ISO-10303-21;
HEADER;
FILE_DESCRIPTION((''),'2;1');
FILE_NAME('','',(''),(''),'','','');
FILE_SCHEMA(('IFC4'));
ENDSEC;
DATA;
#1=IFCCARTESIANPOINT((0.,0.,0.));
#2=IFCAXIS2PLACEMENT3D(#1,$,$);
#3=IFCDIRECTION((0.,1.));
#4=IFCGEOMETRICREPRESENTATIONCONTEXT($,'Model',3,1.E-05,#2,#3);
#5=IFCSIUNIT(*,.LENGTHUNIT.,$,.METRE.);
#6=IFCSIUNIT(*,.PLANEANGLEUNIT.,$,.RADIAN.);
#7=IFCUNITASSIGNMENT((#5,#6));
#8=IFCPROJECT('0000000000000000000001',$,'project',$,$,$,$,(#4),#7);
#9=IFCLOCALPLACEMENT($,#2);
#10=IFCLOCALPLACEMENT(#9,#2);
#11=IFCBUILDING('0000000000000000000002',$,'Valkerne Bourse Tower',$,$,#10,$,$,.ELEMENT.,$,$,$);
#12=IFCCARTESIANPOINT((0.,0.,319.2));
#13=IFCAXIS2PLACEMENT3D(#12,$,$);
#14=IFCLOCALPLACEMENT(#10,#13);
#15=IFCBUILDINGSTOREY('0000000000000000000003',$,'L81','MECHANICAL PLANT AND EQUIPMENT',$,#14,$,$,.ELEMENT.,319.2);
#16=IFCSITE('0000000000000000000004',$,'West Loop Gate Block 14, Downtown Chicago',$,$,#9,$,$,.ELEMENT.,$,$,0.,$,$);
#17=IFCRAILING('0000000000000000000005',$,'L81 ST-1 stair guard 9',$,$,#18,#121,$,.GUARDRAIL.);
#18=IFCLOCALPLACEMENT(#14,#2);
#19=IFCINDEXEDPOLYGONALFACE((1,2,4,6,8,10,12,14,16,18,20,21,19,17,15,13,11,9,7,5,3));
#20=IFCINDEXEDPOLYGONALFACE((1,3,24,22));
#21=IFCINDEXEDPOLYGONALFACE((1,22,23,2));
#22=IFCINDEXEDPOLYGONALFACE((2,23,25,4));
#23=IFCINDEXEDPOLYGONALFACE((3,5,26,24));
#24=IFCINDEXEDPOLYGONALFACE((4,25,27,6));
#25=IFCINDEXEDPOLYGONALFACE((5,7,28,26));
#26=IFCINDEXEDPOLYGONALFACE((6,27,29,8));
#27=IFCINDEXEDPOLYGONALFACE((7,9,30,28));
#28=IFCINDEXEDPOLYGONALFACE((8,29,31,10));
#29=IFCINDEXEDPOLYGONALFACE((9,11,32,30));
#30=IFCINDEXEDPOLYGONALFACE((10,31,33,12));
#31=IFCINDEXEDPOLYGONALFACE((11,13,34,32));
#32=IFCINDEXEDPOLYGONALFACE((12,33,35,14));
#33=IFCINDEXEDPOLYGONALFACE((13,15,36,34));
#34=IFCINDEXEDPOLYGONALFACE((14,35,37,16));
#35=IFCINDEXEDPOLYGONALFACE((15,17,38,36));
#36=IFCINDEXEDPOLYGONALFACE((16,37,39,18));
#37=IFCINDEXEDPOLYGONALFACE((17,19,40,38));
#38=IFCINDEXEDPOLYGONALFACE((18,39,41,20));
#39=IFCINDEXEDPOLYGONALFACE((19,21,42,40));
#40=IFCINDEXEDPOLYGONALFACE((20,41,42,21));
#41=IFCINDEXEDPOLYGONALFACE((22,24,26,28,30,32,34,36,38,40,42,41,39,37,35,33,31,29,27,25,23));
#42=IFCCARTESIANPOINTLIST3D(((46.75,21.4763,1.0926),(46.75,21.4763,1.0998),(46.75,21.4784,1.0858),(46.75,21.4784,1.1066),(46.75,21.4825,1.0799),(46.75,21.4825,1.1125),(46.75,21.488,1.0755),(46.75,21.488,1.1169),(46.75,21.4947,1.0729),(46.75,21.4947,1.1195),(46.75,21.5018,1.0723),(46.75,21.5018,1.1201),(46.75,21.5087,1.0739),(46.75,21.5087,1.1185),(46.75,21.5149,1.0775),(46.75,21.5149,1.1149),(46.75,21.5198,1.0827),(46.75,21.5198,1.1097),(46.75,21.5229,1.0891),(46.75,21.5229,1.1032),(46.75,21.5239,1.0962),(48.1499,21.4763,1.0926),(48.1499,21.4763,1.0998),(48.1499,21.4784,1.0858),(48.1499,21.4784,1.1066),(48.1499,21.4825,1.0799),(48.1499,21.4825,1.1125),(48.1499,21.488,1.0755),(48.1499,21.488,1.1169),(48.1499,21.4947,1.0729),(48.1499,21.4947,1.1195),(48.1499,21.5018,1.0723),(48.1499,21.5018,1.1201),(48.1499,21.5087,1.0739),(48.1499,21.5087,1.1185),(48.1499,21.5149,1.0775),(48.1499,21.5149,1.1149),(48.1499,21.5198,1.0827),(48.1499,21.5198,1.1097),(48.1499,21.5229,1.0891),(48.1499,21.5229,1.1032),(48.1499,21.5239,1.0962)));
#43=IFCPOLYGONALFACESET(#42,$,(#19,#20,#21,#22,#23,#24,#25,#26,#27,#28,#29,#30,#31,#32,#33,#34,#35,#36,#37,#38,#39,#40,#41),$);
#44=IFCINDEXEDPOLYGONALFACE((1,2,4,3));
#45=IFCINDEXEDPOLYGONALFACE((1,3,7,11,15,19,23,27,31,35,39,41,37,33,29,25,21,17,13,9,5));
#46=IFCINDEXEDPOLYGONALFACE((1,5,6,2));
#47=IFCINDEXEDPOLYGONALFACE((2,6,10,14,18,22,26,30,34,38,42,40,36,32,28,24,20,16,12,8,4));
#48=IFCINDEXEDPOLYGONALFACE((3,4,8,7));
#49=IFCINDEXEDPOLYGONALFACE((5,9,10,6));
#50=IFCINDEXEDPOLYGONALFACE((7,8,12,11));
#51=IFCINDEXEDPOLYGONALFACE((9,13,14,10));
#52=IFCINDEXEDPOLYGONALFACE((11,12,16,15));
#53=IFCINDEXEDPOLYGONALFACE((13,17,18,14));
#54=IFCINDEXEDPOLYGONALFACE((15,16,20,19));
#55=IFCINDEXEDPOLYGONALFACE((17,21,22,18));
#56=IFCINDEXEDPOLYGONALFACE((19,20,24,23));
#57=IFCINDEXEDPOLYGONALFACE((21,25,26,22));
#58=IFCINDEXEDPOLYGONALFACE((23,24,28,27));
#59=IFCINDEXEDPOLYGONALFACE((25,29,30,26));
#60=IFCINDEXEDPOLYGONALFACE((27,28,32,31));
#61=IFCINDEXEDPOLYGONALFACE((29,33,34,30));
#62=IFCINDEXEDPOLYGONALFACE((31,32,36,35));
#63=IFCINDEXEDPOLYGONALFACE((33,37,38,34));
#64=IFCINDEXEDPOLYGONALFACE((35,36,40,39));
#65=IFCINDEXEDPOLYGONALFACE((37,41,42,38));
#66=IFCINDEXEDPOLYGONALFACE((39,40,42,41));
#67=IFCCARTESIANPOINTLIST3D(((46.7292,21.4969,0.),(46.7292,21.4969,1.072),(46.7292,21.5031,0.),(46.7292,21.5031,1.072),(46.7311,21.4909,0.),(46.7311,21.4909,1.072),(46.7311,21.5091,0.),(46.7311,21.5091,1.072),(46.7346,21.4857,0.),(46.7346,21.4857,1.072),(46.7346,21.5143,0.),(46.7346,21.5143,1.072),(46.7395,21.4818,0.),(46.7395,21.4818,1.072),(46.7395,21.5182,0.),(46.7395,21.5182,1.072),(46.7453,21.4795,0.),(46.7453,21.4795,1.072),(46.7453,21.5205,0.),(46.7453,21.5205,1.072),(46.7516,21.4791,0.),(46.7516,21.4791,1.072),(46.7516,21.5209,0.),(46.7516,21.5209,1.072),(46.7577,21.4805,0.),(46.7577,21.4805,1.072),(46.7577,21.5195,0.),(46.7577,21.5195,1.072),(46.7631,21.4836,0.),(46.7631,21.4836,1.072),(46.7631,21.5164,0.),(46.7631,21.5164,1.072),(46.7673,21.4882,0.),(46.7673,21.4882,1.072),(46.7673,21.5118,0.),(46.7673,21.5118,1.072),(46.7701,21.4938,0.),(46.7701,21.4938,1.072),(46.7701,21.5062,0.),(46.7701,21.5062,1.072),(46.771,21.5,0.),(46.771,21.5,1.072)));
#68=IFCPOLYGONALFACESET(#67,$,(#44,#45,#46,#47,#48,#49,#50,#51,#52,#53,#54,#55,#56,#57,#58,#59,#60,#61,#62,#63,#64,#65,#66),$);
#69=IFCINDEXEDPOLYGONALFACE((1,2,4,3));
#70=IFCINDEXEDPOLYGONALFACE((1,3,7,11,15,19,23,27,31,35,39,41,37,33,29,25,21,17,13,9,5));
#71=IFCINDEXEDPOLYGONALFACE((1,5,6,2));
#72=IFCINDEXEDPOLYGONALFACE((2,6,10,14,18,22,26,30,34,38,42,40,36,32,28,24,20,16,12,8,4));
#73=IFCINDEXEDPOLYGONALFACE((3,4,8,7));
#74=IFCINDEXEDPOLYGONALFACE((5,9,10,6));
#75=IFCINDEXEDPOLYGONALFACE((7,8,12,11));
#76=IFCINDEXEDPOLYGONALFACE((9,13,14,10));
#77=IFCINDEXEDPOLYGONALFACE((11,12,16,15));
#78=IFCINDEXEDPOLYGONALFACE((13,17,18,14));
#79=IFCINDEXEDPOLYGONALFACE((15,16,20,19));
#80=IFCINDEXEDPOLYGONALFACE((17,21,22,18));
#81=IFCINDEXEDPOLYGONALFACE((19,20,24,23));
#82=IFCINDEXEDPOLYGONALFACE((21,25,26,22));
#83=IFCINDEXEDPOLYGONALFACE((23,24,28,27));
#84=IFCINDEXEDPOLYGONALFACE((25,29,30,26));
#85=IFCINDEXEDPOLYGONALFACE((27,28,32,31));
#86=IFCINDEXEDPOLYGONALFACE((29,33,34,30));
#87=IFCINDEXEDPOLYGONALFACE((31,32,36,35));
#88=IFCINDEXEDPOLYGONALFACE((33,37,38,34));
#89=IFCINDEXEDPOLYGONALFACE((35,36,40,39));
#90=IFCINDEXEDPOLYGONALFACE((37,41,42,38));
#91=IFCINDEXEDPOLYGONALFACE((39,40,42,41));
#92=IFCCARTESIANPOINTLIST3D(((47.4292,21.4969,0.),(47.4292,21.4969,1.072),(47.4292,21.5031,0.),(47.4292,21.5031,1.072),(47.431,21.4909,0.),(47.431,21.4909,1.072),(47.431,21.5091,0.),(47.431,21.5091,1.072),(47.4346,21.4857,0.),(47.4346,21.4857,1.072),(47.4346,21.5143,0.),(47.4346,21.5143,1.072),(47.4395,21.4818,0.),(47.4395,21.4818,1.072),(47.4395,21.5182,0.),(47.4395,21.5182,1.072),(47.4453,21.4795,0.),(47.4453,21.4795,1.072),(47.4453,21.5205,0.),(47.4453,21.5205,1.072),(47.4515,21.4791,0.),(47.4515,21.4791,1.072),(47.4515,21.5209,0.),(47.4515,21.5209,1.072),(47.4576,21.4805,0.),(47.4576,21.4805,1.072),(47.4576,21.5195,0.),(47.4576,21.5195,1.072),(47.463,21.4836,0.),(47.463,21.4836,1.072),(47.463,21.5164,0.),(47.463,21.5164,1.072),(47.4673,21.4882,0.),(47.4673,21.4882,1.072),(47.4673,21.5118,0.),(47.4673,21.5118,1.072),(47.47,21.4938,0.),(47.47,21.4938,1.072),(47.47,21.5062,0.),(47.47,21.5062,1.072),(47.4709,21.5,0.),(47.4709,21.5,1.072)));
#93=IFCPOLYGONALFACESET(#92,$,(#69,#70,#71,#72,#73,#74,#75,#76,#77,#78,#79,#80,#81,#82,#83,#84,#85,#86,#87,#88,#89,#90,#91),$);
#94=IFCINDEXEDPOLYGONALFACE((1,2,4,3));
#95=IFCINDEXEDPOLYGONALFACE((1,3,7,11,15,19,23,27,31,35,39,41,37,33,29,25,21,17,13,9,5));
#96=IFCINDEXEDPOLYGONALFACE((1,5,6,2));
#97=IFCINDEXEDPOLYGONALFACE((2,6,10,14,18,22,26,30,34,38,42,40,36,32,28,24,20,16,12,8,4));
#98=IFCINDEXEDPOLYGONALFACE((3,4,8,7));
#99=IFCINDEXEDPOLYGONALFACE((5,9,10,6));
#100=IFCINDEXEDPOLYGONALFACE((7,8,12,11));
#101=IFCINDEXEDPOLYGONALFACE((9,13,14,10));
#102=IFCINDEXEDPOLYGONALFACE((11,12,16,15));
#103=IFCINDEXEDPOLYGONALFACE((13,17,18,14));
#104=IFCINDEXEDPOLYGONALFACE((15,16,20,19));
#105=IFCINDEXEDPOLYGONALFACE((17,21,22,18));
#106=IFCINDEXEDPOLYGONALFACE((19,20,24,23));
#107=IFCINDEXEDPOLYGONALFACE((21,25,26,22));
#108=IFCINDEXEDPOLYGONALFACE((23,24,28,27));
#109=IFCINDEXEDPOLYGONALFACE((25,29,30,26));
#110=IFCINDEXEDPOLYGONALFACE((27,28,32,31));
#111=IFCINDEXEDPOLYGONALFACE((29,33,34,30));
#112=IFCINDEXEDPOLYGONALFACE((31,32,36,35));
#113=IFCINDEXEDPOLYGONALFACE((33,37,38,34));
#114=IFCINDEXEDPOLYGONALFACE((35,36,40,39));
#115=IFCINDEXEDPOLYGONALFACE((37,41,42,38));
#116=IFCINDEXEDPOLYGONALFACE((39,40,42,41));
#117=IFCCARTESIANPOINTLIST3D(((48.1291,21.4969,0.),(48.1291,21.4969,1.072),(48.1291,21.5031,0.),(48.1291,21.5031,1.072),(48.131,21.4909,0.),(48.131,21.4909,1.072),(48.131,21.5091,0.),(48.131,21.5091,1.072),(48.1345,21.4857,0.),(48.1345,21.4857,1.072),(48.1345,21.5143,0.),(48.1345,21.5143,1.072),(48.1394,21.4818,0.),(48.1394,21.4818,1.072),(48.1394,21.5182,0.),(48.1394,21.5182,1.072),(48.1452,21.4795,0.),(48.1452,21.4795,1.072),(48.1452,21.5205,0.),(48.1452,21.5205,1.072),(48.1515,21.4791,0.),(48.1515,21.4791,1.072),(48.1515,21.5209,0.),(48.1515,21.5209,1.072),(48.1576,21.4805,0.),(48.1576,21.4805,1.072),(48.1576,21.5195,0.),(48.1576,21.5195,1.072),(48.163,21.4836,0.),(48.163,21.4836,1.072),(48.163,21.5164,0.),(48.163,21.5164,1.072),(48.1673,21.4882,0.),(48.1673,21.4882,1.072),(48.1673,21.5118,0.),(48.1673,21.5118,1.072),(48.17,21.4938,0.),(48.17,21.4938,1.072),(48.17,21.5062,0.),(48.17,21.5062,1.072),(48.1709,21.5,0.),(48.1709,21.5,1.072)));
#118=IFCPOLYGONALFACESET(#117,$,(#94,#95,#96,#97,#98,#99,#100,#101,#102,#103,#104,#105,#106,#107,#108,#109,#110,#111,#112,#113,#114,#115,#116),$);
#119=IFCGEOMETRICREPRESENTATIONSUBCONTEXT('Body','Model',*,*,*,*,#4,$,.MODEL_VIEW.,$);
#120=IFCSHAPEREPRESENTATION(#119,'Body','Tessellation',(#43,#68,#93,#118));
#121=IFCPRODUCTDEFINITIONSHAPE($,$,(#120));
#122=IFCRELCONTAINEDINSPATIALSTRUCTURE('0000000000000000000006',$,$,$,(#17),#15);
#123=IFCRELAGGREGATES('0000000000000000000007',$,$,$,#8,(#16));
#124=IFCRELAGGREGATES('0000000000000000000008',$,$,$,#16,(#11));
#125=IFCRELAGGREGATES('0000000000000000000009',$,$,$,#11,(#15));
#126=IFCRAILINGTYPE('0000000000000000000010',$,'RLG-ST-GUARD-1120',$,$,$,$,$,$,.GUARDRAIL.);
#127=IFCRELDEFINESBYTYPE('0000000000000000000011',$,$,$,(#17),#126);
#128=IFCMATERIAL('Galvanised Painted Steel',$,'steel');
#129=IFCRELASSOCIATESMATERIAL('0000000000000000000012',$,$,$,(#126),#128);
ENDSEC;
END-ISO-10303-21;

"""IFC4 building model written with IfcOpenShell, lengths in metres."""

from ifc_helpers import new_model, si_unit, direction, frame, origin, origin_2d, place, context, subcontext, project, spatial, circle, extrude, material, type_object, element, save


model = new_model("IFC4")

# Units and contexts
model_context = context("Model", 3, precision=1e-05, world=origin(), true_north=direction((0.0, 1.0)))
body_context = subcontext(model_context, "Body", "Model", "MODEL_VIEW")
ifc_project = project(units=[si_unit("LENGTHUNIT", "METRE"), si_unit("PLANEANGLEUNIT", "RADIAN")], contexts=[model_context])

# Site, building, storey
site_placement = place(None, origin())
site = spatial("IfcSite", under=ifc_project, at=site_placement, Name="West Loop Gate Block 14, Downtown Chicago", CompositionType="ELEMENT", RefElevation=0.0)
building_placement = place(site_placement, origin())
building = spatial("IfcBuilding", under=site, at=building_placement, Name="Valkerne Bourse Tower", CompositionType="ELEMENT")
storey_placement = place(building_placement, frame((0.0, 0.0, 319.2)))
storey = spatial("IfcBuildingStorey", under=building, at=storey_placement, Name="L81", Description="MECHANICAL PLANT AND EQUIPMENT", CompositionType="ELEMENT", Elevation=319.2)

# Railing
ifc_material_1 = material(Name="Galvanised Painted Steel", Category="steel")
railing_type_1 = type_object("IfcRailingType", Name="RLG-ST-GUARD-1120", PredefinedType="GUARDRAIL", material=ifc_material_1)
for number, where, name in (
    (1, (46.75, 21.5, 0.0), "L81 ST-1 stair guard 9"),
):
    element("IfcRailing", number, at=place(storey_placement, frame(where)), inside=storey, type_object=railing_type_1, Name=name, PredefinedType="GUARDRAIL", context=body_context, shape_type="SweptSolid", body=[
        extrude(circle(Radius=0.0239, at=origin_2d()), frame((0.0, 0.0, 1.0962), z_axis=(1.0, 0.0, 0.0), x_axis=(0.0, 1.0, 0.0)), (0.0, 0.0, 1.0), 1.3999),
        extrude(circle(Radius=0.021, at=origin_2d()), origin(), (0.0, 0.0, 1.0), 1.072),
        extrude(circle(Radius=0.021, at=origin_2d()), frame((0.7, 0.0, 0.0)), (0.0, 0.0, 1.0), 1.072),
        extrude(circle(Radius=0.021, at=origin_2d()), frame((1.3999, 0.0, 0.0)), (0.0, 0.0, 1.0), 1.072),
    ])

save(model, "model.ifc")
